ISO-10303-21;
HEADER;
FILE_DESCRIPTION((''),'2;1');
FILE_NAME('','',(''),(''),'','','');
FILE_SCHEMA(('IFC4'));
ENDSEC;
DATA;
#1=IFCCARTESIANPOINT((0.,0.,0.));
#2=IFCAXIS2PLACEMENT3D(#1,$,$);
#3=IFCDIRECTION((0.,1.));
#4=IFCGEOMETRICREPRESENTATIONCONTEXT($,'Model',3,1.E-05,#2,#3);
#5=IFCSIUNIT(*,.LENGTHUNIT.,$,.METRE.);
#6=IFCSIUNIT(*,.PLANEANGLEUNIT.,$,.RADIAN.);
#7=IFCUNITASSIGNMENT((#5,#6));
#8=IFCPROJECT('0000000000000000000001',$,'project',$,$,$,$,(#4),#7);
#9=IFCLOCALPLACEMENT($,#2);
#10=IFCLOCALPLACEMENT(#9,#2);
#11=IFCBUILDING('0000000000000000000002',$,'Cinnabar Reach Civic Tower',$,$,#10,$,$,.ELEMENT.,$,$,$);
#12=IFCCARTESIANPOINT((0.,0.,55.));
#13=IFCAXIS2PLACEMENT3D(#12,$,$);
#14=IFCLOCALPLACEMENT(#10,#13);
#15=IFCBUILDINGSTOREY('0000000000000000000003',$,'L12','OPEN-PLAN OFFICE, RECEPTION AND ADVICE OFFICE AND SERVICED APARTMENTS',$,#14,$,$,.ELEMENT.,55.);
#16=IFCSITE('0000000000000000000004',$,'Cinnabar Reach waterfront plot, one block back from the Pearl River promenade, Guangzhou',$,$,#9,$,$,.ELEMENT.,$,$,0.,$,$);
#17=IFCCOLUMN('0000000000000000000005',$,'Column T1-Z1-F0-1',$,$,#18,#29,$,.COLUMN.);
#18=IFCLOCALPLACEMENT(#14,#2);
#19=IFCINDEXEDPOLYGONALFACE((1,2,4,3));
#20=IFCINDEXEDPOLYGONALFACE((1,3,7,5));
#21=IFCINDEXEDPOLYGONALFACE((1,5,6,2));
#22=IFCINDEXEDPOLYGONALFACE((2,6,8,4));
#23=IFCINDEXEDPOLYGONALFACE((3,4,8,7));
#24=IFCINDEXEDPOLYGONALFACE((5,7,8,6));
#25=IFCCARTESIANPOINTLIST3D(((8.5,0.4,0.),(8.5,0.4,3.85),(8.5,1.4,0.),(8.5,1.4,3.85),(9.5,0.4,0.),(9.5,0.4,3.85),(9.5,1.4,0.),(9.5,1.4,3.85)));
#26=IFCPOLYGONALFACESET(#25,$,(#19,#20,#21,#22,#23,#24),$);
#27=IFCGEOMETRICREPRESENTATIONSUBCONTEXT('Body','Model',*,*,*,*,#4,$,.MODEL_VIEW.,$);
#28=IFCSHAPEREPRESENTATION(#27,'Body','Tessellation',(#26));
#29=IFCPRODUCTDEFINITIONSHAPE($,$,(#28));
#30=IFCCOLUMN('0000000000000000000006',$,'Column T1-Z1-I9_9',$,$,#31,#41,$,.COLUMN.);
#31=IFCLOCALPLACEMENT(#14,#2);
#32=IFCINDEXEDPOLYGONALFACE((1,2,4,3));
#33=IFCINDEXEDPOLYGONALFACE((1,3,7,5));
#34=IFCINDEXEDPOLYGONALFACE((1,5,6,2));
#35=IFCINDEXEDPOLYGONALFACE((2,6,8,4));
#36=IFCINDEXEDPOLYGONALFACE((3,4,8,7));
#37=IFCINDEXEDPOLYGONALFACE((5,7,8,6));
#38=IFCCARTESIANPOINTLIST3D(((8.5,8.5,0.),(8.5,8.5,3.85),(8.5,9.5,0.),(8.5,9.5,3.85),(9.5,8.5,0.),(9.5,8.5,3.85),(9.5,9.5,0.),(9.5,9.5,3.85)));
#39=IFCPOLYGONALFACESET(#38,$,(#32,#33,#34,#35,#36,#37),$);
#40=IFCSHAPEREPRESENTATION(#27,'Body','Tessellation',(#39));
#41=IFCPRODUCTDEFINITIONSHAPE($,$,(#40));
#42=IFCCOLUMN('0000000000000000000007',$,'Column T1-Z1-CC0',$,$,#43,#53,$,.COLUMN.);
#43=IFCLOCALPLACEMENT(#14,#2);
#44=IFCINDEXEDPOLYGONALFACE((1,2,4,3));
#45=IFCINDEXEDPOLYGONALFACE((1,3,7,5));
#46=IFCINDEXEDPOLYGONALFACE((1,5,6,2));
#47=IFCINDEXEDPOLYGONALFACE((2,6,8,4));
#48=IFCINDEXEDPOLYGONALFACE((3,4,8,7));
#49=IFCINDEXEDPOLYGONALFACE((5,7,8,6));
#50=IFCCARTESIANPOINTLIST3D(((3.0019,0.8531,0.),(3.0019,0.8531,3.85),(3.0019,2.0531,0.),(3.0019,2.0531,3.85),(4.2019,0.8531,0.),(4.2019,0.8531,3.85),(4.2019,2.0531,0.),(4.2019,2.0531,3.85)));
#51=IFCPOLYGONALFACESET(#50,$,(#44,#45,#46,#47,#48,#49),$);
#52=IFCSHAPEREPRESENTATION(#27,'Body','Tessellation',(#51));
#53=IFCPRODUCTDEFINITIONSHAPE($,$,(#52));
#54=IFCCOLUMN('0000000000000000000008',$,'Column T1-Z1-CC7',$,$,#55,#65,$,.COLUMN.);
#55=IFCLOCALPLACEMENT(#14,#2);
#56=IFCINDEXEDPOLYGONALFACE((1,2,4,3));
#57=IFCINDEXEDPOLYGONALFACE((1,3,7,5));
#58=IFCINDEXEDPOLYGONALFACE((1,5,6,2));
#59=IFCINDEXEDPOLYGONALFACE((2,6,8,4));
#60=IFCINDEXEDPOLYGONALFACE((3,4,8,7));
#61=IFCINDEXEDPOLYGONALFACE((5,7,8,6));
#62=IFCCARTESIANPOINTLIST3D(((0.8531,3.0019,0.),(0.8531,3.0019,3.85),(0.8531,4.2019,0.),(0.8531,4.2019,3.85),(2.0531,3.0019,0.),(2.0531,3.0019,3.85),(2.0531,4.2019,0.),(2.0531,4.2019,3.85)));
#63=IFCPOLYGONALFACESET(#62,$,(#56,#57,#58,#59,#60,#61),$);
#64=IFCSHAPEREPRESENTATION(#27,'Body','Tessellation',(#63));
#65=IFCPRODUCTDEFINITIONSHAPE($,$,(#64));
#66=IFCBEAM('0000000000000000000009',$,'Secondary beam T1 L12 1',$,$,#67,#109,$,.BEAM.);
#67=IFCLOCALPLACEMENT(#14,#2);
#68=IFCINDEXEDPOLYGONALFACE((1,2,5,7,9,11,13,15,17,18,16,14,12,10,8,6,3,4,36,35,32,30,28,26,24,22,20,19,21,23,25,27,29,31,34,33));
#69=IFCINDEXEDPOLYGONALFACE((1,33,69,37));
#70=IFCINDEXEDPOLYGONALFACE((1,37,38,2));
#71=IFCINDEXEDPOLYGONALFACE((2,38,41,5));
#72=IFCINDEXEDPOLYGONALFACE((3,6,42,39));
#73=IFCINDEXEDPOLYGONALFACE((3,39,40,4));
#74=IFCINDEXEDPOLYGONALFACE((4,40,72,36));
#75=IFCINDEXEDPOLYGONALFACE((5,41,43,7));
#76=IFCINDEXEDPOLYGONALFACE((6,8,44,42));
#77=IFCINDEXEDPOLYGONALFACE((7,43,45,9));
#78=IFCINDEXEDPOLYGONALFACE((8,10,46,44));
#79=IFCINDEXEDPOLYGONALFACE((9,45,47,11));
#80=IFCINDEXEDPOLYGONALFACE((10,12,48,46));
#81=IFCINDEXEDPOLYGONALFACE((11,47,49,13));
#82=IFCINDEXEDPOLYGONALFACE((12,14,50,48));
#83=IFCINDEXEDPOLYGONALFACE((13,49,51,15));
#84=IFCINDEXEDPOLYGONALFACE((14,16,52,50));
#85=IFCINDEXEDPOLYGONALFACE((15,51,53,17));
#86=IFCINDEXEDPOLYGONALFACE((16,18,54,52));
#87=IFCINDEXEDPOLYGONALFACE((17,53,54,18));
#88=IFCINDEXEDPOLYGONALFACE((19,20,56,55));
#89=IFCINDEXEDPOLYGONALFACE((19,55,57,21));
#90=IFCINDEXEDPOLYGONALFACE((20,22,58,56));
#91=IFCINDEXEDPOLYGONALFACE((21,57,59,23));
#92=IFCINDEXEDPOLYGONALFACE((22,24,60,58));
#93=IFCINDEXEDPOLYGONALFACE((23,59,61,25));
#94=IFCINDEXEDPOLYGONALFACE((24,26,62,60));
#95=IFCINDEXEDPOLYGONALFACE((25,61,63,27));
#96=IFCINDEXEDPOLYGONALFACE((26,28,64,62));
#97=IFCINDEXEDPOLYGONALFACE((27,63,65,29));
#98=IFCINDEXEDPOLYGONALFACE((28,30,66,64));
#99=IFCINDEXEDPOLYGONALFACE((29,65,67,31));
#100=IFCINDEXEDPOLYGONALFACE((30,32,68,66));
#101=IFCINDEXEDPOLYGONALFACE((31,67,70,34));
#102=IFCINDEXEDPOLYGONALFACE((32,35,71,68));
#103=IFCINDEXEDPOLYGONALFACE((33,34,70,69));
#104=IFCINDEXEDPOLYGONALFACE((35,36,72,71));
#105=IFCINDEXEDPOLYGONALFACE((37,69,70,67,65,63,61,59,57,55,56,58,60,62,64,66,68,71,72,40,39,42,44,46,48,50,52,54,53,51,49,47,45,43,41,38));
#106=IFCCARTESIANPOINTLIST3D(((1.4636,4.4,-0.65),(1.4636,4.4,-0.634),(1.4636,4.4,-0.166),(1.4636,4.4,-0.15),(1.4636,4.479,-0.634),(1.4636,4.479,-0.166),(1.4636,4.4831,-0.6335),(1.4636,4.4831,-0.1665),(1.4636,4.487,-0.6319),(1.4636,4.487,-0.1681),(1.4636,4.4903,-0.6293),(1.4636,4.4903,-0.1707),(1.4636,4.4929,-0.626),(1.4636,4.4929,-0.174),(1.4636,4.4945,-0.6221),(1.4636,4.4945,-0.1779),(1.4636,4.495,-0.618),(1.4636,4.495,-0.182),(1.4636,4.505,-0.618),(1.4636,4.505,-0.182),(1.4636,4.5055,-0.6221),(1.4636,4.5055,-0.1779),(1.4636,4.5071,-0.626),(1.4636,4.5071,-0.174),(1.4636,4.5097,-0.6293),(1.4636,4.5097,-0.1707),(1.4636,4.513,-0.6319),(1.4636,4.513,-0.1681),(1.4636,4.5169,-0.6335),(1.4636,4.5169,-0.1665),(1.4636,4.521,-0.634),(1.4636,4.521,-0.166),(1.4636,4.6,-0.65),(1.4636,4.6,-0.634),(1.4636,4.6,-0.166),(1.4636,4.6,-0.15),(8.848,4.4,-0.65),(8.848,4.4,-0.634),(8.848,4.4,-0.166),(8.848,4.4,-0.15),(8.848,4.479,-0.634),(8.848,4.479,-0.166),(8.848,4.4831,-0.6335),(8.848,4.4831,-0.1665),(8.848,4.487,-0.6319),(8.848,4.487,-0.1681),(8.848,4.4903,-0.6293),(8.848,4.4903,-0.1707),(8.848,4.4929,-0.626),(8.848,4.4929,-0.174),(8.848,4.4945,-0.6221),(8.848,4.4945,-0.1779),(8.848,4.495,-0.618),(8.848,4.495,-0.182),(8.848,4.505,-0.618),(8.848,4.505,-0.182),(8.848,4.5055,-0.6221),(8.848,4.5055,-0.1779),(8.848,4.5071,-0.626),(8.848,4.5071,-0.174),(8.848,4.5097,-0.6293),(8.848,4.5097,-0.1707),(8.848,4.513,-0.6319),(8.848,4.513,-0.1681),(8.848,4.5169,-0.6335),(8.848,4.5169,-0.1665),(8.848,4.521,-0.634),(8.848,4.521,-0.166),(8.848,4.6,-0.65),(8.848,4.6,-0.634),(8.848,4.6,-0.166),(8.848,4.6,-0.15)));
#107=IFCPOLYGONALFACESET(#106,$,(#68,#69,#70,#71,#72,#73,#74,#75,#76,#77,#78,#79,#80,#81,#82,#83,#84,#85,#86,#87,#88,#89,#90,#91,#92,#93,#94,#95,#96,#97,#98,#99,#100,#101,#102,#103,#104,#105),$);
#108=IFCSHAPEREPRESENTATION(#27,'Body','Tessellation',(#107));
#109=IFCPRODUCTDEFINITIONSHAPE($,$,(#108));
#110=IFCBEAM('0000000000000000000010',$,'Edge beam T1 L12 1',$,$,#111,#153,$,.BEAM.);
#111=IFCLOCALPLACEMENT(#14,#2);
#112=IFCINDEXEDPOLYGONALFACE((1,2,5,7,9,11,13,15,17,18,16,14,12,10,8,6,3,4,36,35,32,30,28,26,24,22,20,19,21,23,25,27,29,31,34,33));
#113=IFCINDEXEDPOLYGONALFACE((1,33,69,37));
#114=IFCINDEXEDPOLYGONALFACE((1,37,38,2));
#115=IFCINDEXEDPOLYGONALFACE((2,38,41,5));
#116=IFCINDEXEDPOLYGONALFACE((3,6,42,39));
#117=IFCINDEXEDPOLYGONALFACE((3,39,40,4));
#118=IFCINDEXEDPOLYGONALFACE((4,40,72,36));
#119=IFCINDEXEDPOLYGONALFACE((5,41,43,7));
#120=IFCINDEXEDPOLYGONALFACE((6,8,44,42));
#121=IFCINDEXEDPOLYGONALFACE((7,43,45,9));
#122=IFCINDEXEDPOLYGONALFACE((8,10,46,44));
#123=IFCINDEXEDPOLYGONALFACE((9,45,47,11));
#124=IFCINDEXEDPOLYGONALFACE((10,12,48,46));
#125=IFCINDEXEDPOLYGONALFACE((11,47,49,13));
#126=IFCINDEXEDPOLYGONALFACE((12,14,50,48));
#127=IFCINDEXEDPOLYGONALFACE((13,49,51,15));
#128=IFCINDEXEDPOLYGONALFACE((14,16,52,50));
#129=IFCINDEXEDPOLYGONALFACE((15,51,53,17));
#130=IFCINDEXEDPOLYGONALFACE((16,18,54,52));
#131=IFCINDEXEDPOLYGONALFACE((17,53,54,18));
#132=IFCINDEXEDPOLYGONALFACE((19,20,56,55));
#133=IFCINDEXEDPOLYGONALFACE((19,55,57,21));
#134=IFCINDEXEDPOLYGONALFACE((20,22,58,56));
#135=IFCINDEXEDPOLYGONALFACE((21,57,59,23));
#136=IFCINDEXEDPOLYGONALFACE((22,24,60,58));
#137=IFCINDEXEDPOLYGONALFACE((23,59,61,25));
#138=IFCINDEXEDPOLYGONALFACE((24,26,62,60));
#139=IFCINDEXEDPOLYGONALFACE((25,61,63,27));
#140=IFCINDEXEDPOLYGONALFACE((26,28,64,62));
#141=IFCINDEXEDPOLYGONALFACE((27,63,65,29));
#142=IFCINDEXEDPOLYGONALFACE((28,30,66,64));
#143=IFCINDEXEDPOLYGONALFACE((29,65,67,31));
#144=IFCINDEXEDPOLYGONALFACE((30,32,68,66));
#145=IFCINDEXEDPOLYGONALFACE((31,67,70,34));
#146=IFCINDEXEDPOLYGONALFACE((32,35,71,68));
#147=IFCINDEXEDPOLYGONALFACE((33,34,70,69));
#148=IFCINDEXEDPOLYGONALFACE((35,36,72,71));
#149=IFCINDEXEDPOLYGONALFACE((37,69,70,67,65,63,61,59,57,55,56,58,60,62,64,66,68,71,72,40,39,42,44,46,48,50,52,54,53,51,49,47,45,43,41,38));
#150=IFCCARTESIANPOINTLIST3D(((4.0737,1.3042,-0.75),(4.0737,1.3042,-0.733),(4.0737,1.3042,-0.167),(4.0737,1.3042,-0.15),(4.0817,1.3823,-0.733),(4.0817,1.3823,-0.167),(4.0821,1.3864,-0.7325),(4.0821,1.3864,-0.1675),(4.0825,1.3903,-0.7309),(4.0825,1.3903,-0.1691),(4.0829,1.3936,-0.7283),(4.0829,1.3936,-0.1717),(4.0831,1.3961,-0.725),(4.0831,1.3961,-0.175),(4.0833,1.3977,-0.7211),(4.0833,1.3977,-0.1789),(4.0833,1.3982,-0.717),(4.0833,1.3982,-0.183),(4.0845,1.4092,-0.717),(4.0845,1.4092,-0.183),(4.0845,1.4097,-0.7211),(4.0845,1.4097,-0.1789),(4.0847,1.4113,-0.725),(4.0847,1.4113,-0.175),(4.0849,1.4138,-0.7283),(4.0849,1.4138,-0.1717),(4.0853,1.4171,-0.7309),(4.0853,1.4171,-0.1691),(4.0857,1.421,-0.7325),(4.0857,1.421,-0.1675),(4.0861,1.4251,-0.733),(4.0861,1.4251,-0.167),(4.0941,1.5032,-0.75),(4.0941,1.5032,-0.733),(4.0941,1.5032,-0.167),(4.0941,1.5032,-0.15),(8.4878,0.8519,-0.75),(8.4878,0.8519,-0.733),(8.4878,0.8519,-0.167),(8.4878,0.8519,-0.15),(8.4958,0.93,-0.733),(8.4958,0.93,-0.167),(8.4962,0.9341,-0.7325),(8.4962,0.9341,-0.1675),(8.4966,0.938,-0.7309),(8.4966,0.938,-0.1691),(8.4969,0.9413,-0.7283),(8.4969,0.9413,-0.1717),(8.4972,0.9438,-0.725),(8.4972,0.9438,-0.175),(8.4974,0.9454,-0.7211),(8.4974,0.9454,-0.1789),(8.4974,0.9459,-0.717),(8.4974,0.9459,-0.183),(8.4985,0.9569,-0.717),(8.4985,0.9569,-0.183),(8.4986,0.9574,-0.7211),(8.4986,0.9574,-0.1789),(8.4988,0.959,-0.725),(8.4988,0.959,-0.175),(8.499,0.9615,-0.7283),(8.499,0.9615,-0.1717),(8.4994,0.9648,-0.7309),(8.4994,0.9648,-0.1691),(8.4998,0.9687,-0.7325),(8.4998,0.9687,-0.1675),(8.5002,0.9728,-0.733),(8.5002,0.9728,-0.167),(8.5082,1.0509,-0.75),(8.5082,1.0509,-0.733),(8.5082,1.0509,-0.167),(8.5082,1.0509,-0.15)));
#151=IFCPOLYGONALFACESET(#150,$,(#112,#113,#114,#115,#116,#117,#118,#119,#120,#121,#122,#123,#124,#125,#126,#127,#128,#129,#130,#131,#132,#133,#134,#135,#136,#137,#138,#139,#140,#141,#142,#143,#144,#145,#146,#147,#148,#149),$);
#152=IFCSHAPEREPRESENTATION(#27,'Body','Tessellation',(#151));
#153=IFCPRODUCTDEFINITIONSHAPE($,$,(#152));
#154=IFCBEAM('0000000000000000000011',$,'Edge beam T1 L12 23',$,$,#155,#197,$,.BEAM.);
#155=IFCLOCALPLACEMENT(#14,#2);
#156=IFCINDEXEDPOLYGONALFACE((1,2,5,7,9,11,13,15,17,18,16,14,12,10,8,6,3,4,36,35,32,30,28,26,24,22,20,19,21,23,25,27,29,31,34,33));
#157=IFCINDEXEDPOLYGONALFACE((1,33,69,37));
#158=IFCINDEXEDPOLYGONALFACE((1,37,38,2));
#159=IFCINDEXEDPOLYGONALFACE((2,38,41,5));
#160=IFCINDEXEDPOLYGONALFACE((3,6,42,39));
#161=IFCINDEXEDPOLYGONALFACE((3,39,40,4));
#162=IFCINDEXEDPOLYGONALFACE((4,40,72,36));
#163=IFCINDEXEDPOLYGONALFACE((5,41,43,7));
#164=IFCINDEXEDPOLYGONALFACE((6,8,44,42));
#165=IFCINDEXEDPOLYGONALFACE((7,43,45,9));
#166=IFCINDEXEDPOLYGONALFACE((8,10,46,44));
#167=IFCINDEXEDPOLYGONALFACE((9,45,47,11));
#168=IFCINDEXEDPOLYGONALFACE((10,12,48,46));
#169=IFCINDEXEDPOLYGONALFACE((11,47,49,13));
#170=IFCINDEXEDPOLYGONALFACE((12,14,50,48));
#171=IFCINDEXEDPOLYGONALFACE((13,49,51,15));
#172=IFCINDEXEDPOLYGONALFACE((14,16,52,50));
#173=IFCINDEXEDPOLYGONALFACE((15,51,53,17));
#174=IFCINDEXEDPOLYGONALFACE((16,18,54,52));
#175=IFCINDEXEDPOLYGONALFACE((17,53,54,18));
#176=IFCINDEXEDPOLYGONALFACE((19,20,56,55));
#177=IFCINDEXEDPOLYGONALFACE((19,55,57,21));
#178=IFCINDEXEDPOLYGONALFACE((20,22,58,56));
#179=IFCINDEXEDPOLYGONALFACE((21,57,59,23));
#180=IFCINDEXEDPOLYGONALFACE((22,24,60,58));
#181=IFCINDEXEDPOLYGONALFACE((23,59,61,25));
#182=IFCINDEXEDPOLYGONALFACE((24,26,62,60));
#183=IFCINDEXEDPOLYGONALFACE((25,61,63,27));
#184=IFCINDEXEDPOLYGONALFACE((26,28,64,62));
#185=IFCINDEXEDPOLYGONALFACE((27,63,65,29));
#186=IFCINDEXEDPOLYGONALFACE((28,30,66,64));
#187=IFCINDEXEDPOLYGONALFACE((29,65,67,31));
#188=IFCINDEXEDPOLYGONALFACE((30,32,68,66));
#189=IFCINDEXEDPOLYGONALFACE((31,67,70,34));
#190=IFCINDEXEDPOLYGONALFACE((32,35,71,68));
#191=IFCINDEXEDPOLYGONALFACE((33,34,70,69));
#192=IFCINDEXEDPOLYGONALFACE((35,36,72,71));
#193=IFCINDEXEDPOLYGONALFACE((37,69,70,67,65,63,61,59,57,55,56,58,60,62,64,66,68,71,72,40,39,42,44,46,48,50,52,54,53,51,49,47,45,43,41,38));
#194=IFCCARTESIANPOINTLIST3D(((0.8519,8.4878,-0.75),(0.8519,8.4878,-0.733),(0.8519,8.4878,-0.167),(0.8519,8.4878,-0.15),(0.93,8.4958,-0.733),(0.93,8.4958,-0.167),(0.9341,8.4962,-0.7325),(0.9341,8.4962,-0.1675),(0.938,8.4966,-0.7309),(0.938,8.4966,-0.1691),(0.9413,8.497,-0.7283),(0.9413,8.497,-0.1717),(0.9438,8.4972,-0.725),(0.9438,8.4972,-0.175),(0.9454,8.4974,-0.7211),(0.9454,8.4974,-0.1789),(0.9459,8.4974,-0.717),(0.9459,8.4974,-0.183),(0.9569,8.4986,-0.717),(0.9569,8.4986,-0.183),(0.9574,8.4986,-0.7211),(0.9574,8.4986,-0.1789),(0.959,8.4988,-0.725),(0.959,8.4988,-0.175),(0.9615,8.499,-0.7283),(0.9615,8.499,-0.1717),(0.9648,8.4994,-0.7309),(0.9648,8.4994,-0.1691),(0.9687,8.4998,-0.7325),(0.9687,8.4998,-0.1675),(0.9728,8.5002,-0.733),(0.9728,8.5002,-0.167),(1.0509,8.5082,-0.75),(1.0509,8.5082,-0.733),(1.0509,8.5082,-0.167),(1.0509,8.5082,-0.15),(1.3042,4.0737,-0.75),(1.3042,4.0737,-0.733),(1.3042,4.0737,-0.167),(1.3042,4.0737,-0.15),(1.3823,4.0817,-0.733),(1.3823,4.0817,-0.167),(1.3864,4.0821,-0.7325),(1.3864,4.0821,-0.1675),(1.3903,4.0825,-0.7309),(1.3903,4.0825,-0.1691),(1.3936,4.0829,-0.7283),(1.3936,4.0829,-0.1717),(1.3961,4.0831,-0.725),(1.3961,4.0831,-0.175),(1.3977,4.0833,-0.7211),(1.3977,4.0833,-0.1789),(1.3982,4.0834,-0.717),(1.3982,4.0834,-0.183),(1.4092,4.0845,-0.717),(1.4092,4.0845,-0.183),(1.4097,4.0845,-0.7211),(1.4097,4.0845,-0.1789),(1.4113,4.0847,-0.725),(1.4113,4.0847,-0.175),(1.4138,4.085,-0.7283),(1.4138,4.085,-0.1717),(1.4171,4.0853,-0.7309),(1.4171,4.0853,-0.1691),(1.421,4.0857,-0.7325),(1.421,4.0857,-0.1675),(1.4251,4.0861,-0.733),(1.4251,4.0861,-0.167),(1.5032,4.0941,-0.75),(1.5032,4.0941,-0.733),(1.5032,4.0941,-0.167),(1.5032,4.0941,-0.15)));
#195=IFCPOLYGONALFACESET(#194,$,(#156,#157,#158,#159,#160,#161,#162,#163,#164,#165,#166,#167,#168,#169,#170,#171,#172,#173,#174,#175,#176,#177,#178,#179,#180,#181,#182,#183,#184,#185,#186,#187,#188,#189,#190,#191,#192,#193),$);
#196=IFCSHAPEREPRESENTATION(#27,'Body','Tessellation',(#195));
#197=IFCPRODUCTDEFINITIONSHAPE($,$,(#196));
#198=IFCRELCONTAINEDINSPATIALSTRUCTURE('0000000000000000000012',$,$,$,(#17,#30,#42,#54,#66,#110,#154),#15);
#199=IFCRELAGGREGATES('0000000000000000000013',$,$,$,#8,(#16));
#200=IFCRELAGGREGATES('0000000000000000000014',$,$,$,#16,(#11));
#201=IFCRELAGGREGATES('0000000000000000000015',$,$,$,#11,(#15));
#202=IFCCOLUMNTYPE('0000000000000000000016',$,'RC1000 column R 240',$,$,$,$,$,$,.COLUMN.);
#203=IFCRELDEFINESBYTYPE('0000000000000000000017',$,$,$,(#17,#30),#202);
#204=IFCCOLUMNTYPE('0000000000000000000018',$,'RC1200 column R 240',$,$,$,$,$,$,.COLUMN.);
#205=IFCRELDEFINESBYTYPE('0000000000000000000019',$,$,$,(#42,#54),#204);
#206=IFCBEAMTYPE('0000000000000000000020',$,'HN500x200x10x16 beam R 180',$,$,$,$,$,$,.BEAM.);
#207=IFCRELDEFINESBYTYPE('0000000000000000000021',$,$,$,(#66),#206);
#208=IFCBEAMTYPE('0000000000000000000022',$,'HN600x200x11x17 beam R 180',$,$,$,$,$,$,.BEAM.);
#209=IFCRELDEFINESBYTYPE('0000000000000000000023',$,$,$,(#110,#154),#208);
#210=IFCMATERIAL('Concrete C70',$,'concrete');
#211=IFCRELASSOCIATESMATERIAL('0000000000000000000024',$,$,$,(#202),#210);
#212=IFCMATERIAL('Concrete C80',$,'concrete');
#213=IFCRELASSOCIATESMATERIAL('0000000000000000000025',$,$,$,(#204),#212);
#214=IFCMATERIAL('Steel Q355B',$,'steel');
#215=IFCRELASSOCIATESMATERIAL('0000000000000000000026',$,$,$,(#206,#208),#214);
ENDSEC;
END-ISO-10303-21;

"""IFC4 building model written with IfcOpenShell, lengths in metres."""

from ifc_helpers import new_model, si_unit, direction, frame, origin, origin_2d, place, context, subcontext, project, spatial, rectangle, i_section, extrude, material, material_profile, profile_set, type_object, element, save


model = new_model("IFC4")

# Units and contexts
model_context = context("Model", 3, precision=1e-05, world=origin(), true_north=direction((0.0, 1.0)))
body_context = subcontext(model_context, "Body", "Model", "MODEL_VIEW")
ifc_project = project(units=[si_unit("LENGTHUNIT", "METRE"), si_unit("PLANEANGLEUNIT", "RADIAN")], contexts=[model_context])

# Site, building, storey
site_placement = place(None, origin())
site = spatial("IfcSite", under=ifc_project, at=site_placement, Name="Cinnabar Reach waterfront plot, one block back from the Pearl River promenade, Guangzhou", CompositionType="ELEMENT", RefElevation=0.0)
building_placement = place(site_placement, origin())
building = spatial("IfcBuilding", under=site, at=building_placement, Name="Cinnabar Reach Civic Tower", CompositionType="ELEMENT")
storey_placement = place(building_placement, frame((0.0, 0.0, 55.0)))
storey = spatial("IfcBuildingStorey", under=building, at=storey_placement, Name="L12", Description="OPEN-PLAN OFFICE, RECEPTION AND ADVICE OFFICE AND SERVICED APARTMENTS", CompositionType="ELEMENT", Elevation=55.0)

# Columns
ifc_material_1 = material(Name="Concrete C70", Category="concrete")
ifc_material_profile_1 = material_profile(ifc_material_1, rectangle(XDim=1.0, YDim=1.0, at=origin_2d()), Name="RC1000")
ifc_profile_set_1 = profile_set([ifc_material_profile_1], Name="Concrete C70")
column_type_1 = type_object("IfcColumnType", Name="RC1000 column R 240", PredefinedType="COLUMN", material=ifc_profile_set_1)
for number, where, z_axis, x_axis, name in (
    (1, (9.0, 0.9, 0.0), (0.0, 0.0, 1.0), (1.0, 0.0, 0.0), "Column T1-Z1-F0-1"),
    (2, (9.0, 9.0, 0.0), (0.0, 0.0, 1.0), (1.0, 0.0, 0.0), "Column T1-Z1-I9_9"),
):
    element("IfcColumn", number, at=place(storey_placement, frame(where, z_axis=z_axis, x_axis=x_axis)), inside=storey, type_object=column_type_1, Name=name, PredefinedType="COLUMN", context=body_context, shape_type="SweptSolid", body=[
        extrude(rectangle(XDim=1.0, YDim=1.0, at=origin_2d()), origin(), (0.0, 0.0, 1.0), 3.85),
    ])
ifc_material_2 = material(Name="Concrete C80", Category="concrete")
ifc_material_profile_2 = material_profile(ifc_material_2, rectangle(XDim=1.2, YDim=1.2, at=origin_2d()), Name="RC1200")
ifc_profile_set_2 = profile_set([ifc_material_profile_2], Name="Concrete C80")
column_type_2 = type_object("IfcColumnType", Name="RC1200 column R 240", PredefinedType="COLUMN", material=ifc_profile_set_2)
for number, where, z_axis, x_axis, name in (
    (3, (3.6019, 1.4531, 0.0), (0.0, 0.0, 1.0), (1.0, 0.0, 0.0), "Column T1-Z1-CC0"),
    (4, (1.4531, 3.6019, 0.0), (0.0, 0.0, 1.0), (1.0, 0.0, 0.0), "Column T1-Z1-CC7"),
):
    element("IfcColumn", number, at=place(storey_placement, frame(where, z_axis=z_axis, x_axis=x_axis)), inside=storey, type_object=column_type_2, Name=name, PredefinedType="COLUMN", context=body_context, shape_type="SweptSolid", body=[
        extrude(rectangle(XDim=1.2, YDim=1.2, at=origin_2d()), origin(), (0.0, 0.0, 1.0), 3.85),
    ])

# Beams
ifc_material_3 = material(Name="Steel Q355B", Category="steel")
ifc_material_profile_3 = material_profile(ifc_material_3, i_section(OverallWidth=0.2, OverallDepth=0.5, WebThickness=0.01, FlangeThickness=0.016, FilletRadius=0.016, at=origin_2d()), Name="HN500x200x10x16")
ifc_profile_set_3 = profile_set([ifc_material_profile_3], Name="Steel Q355B")
beam_type_1 = type_object("IfcBeamType", Name="HN500x200x10x16 beam R 180", PredefinedType="BEAM", material=ifc_profile_set_3)
beam_1_placement = place(storey_placement, frame((1.4636, 4.5, -0.4), z_axis=(1.0, 0.0, 0.0), x_axis=(0.0, 1.0, 0.0)))
element("IfcBeam", 5, at=beam_1_placement, inside=storey, type_object=beam_type_1, Name="Secondary beam T1 L12 1", PredefinedType="BEAM", context=body_context, shape_type="SweptSolid", body=[
    extrude(i_section(OverallWidth=0.2, OverallDepth=0.5, WebThickness=0.01, FlangeThickness=0.016, FilletRadius=0.016, at=origin_2d()), origin(), (0.0, 0.0, 1.0), 7.3844),
])
ifc_material_profile_4 = material_profile(ifc_material_3, i_section(OverallWidth=0.2, OverallDepth=0.6, WebThickness=0.011, FlangeThickness=0.017, FilletRadius=0.016, at=origin_2d()), Name="HN600x200x11x17")
ifc_profile_set_4 = profile_set([ifc_material_profile_4], Name="Steel Q355B")
beam_type_2 = type_object("IfcBeamType", Name="HN600x200x11x17 beam R 180", PredefinedType="BEAM", material=ifc_profile_set_4)
for number, where, z_axis, x_axis, name in (
    (6, (4.0839, 1.4037, -0.45), (0.994791, -0.101933, 0.0), (0.101933, 0.994791, 0.0), "Edge beam T1 L12 1"),
    (7, (0.9514, 8.498, -0.45), (0.101933, -0.994791, 0.0), (0.994791, 0.101933, 0.0), "Edge beam T1 L12 23"),
):
    element("IfcBeam", number, at=place(storey_placement, frame(where, z_axis=z_axis, x_axis=x_axis)), inside=storey, type_object=beam_type_2, Name=name, PredefinedType="BEAM", context=body_context, shape_type="SweptSolid", body=[
        extrude(i_section(OverallWidth=0.2, OverallDepth=0.6, WebThickness=0.011, FlangeThickness=0.017, FilletRadius=0.016, at=origin_2d()), origin(), (0.0, 0.0, 1.0), 4.4372),
    ])

save(model, "model.ifc")
